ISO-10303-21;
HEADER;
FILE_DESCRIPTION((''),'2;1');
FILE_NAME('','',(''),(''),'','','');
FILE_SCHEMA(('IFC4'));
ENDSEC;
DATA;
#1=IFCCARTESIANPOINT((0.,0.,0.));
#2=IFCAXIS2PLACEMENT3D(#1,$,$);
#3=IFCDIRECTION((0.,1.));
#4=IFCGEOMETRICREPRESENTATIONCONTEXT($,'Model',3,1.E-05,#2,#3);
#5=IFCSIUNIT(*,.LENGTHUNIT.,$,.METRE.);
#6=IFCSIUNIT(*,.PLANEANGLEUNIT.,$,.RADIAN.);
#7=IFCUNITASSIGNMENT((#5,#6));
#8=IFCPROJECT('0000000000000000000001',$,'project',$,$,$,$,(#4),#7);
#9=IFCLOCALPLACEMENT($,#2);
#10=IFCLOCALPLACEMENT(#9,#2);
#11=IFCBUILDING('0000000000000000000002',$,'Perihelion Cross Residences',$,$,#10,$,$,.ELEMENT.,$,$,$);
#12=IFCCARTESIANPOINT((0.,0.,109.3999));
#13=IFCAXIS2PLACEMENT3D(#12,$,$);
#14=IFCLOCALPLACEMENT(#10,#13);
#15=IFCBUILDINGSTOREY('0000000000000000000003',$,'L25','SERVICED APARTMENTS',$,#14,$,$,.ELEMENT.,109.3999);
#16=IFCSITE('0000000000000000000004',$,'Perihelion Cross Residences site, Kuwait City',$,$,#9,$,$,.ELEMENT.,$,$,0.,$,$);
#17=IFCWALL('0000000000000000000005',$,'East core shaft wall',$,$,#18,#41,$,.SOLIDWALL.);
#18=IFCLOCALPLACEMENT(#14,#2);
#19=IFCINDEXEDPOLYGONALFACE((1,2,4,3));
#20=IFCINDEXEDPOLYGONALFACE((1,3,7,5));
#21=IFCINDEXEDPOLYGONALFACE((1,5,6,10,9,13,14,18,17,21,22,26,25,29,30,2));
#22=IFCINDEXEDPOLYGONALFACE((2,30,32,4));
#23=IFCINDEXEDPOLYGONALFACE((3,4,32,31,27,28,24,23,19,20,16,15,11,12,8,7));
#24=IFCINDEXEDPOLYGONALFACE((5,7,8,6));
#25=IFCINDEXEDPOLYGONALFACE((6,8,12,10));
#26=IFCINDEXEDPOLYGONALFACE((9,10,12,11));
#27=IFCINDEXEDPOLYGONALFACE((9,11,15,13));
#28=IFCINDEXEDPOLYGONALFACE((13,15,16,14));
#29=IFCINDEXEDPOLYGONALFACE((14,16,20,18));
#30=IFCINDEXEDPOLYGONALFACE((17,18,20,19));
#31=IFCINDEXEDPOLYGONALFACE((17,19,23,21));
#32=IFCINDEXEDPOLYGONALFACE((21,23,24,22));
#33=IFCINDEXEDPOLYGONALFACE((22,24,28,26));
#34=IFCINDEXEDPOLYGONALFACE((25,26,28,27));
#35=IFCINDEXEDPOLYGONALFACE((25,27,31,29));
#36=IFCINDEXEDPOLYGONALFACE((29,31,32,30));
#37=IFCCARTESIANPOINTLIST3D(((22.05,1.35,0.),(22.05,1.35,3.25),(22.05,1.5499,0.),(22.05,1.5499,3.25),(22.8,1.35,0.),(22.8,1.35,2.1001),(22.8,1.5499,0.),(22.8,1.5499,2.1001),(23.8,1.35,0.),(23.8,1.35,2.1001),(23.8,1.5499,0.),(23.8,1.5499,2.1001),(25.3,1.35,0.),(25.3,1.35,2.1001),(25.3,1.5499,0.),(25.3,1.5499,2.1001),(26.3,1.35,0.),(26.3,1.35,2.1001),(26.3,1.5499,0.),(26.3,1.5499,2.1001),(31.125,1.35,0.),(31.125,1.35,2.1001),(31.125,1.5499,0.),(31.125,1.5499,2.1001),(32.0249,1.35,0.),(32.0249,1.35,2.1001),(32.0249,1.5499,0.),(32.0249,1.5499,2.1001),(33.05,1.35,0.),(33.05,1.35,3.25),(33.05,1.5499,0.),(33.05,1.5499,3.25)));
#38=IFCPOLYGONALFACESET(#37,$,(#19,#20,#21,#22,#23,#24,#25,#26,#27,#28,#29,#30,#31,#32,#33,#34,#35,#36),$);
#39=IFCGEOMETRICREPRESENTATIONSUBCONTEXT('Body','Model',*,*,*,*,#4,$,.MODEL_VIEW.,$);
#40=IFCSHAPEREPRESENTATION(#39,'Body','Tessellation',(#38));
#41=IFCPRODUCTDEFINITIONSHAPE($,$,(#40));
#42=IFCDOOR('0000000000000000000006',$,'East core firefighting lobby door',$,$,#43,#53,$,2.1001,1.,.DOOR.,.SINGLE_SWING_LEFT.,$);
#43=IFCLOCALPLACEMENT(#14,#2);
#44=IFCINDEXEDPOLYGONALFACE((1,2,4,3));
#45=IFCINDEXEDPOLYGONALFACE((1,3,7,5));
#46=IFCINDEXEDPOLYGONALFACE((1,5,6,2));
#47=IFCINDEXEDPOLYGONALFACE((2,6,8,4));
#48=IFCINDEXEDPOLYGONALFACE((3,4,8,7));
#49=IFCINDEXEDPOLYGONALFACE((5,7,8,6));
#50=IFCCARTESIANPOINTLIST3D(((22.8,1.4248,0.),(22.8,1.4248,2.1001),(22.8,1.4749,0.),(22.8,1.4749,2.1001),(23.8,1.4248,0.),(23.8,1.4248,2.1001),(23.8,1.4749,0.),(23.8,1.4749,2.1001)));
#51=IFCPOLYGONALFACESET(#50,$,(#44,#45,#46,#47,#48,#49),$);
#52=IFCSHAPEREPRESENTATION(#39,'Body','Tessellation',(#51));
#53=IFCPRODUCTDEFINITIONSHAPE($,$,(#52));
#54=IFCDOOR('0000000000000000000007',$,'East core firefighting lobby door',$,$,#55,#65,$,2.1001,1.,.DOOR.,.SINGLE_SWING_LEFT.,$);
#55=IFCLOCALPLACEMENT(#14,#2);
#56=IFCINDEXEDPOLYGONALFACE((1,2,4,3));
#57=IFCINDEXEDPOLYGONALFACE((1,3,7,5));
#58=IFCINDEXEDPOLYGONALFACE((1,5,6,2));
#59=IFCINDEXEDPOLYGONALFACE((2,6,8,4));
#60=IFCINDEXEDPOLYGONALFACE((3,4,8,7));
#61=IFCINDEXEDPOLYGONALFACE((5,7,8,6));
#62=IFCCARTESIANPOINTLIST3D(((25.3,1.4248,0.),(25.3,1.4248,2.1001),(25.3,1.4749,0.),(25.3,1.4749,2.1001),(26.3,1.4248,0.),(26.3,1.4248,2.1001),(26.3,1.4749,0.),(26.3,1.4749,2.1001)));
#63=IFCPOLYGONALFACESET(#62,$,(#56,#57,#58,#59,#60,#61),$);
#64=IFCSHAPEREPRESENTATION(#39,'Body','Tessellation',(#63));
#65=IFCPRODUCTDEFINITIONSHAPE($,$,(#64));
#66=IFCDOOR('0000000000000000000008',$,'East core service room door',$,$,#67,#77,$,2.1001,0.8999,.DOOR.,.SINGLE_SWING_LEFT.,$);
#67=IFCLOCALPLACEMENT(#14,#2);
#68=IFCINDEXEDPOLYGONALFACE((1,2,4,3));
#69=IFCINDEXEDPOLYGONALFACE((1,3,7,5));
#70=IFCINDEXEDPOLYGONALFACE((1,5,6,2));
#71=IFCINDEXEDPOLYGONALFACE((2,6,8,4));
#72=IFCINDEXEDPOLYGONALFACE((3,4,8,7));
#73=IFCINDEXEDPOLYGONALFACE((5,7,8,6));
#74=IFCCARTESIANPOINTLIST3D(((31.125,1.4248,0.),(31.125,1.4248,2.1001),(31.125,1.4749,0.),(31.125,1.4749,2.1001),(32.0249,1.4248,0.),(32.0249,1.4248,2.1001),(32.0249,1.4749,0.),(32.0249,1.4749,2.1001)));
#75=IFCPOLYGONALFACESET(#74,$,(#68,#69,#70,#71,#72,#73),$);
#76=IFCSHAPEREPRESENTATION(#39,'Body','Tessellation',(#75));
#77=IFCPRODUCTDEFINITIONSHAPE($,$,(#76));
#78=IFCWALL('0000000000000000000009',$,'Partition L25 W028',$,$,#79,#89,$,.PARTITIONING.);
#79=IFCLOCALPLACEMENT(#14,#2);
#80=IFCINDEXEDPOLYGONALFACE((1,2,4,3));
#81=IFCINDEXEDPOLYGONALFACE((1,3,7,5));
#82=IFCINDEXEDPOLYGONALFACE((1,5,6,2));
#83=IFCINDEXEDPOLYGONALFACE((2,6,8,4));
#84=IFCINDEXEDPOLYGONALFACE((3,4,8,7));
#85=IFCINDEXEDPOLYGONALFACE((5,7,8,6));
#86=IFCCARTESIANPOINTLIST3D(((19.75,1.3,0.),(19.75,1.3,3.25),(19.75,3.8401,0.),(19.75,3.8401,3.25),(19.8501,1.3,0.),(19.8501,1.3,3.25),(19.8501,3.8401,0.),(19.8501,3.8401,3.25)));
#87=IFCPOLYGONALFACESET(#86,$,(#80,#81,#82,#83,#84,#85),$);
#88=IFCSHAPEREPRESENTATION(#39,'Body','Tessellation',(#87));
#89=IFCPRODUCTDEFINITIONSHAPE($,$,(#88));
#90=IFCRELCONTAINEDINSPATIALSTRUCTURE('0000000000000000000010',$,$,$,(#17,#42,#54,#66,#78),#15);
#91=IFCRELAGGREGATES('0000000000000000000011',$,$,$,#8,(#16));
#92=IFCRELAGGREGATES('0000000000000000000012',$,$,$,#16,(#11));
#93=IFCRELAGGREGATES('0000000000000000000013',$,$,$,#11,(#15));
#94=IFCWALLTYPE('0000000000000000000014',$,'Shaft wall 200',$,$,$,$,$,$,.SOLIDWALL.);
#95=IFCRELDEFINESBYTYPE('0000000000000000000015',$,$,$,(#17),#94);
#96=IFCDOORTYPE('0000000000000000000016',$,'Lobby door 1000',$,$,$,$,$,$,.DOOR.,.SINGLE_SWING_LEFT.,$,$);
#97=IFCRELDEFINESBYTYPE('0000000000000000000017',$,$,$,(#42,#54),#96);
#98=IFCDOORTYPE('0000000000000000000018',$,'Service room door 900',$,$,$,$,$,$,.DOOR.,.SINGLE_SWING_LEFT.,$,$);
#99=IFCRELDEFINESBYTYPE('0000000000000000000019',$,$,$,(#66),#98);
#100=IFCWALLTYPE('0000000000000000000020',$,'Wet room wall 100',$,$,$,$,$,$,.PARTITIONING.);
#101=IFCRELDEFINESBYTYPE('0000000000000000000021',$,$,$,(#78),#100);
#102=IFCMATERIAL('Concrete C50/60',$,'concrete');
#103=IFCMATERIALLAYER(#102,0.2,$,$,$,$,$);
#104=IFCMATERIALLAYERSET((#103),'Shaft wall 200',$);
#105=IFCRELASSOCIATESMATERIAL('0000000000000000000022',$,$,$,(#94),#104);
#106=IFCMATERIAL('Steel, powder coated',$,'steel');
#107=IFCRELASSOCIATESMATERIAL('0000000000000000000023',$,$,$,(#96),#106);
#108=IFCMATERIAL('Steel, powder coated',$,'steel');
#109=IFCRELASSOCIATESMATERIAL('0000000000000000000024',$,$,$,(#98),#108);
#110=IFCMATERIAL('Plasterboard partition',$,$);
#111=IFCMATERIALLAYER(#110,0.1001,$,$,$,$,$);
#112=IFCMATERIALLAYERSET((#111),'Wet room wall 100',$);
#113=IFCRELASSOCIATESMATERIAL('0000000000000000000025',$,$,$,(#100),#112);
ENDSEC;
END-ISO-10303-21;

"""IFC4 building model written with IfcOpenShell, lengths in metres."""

from ifc_helpers import new_model, si_unit, direction, frame, frame_2d, origin, place, context, subcontext, project, spatial, rectangle, extrude, material, layer, layer_set, type_object, element, fill, save


model = new_model("IFC4")

# Units and contexts
model_context = context("Model", 3, precision=1e-05, world=origin(), true_north=direction((0.0, 1.0)))
body_context = subcontext(model_context, "Body", "Model", "MODEL_VIEW")
ifc_project = project(units=[si_unit("LENGTHUNIT", "METRE"), si_unit("PLANEANGLEUNIT", "RADIAN")], contexts=[model_context])

# Site, building, storey
site_placement = place(None, origin())
site = spatial("IfcSite", under=ifc_project, at=site_placement, Name="Perihelion Cross Residences site, Kuwait City", CompositionType="ELEMENT", RefElevation=0.0)
building_placement = place(site_placement, origin())
building = spatial("IfcBuilding", under=site, at=building_placement, Name="Perihelion Cross Residences", CompositionType="ELEMENT")
storey_placement = place(building_placement, frame((0.0, 0.0, 109.3999)))
storey = spatial("IfcBuildingStorey", under=building, at=storey_placement, Name="L25", Description="SERVICED APARTMENTS", CompositionType="ELEMENT", Elevation=109.3999)

# Wall, openings, doors
ifc_material_1 = material(Name="Concrete C50/60", Category="concrete")
ifc_layer_1 = layer(ifc_material_1, 0.2)
ifc_layer_set_1 = layer_set([ifc_layer_1], Name="Shaft wall 200")
wall_type_1 = type_object("IfcWallType", Name="Shaft wall 200", PredefinedType="SOLIDWALL", material=ifc_layer_set_1)
wall_1_placement = place(storey_placement, frame((22.05, 1.45, 0.0), z_axis=(0.0, 0.0, 1.0), x_axis=(1.0, 0.0, 0.0)))
wall_1 = element("IfcWall", 1, at=wall_1_placement, inside=storey, type_object=wall_type_1, Name="East core shaft wall", PredefinedType="SOLIDWALL", context=body_context, shape_type="SweptSolid", body=[
    extrude(rectangle(XDim=11.0, YDim=0.2, at=frame_2d((5.5, 0.0))), origin(), (0.0, 0.0, 1.0), 3.25),
])
opening_1_placement = place(wall_1_placement, frame((0.75, 0.0, 0.0)))
opening_1 = element("IfcOpeningElement", 2, at=opening_1_placement, cuts=wall_1, PredefinedType="OPENING", context=body_context, shape_type="SweptSolid", body=[
    extrude(rectangle(XDim=1.0, YDim=2.1001, at=frame_2d((0.5, 1.05))), frame((0.0, 0.1099, 0.0), z_axis=(0.0, -1.0, 0.0), x_axis=(1.0, 0.0, 0.0)), (0.0, 0.0, 1.0), 0.22),
])
opening_2_placement = place(wall_1_placement, frame((3.25, 0.0, 0.0)))
opening_2 = element("IfcOpeningElement", 3, at=opening_2_placement, cuts=wall_1, PredefinedType="OPENING", context=body_context, shape_type="SweptSolid", body=[
    extrude(rectangle(XDim=1.0, YDim=2.1001, at=frame_2d((0.5, 1.05))), frame((0.0, 0.1099, 0.0), z_axis=(0.0, -1.0, 0.0), x_axis=(1.0, 0.0, 0.0)), (0.0, 0.0, 1.0), 0.22),
])
opening_3_placement = place(wall_1_placement, frame((9.075, 0.0, 0.0)))
opening_3 = element("IfcOpeningElement", 4, at=opening_3_placement, cuts=wall_1, PredefinedType="OPENING", context=body_context, shape_type="SweptSolid", body=[
    extrude(rectangle(XDim=0.8999, YDim=2.1001, at=frame_2d((0.45, 1.05))), frame((0.0, 0.1099, 0.0), z_axis=(0.0, -1.0, 0.0), x_axis=(1.0, 0.0, 0.0)), (0.0, 0.0, 1.0), 0.22),
])
ifc_material_2 = material(Name="Steel, powder coated", Category="steel")
door_type_1 = type_object("IfcDoorType", Name="Lobby door 1000", OperationType="SINGLE_SWING_LEFT", PredefinedType="DOOR", material=ifc_material_2)
door_1_placement = place(opening_1_placement, origin())
door_1 = element("IfcDoor", 5, at=door_1_placement, inside=storey, type_object=door_type_1, Name="East core firefighting lobby door", OperationType="SINGLE_SWING_LEFT", OverallHeight=2.1001, OverallWidth=1.0, PredefinedType="DOOR", context=body_context, shape_type="SweptSolid", body=[
    extrude(rectangle(XDim=1.0, YDim=2.1001, at=frame_2d((0.5, 1.05))), frame((0.0, 0.0249, 0.0), z_axis=(0.0, -1.0, 0.0), x_axis=(1.0, 0.0, 0.0)), (0.0, 0.0, 1.0), 0.05),
])
fill(opening_1, door_1)
door_2_placement = place(opening_2_placement, origin())
door_2 = element("IfcDoor", 6, at=door_2_placement, inside=storey, type_object=door_type_1, Name="East core firefighting lobby door", OperationType="SINGLE_SWING_LEFT", OverallHeight=2.1001, OverallWidth=1.0, PredefinedType="DOOR", context=body_context, shape_type="SweptSolid", body=[
    extrude(rectangle(XDim=1.0, YDim=2.1001, at=frame_2d((0.5, 1.05))), frame((0.0, 0.0249, 0.0), z_axis=(0.0, -1.0, 0.0), x_axis=(1.0, 0.0, 0.0)), (0.0, 0.0, 1.0), 0.05),
])
fill(opening_2, door_2)
ifc_material_3 = material(Name="Steel, powder coated", Category="steel")
door_type_2 = type_object("IfcDoorType", Name="Service room door 900", OperationType="SINGLE_SWING_LEFT", PredefinedType="DOOR", material=ifc_material_3)
door_3_placement = place(opening_3_placement, origin())
door_3 = element("IfcDoor", 7, at=door_3_placement, inside=storey, type_object=door_type_2, Name="East core service room door", OperationType="SINGLE_SWING_LEFT", OverallHeight=2.1001, OverallWidth=0.8999, PredefinedType="DOOR", context=body_context, shape_type="SweptSolid", body=[
    extrude(rectangle(XDim=0.8999, YDim=2.1001, at=frame_2d((0.45, 1.05))), frame((0.0, 0.0249, 0.0), z_axis=(0.0, -1.0, 0.0), x_axis=(1.0, 0.0, 0.0)), (0.0, 0.0, 1.0), 0.05),
])
fill(opening_3, door_3)

# Wall
ifc_material_4 = material(Name="Plasterboard partition")
ifc_layer_2 = layer(ifc_material_4, 0.1001)
ifc_layer_set_2 = layer_set([ifc_layer_2], Name="Wet room wall 100")
wall_type_2 = type_object("IfcWallType", Name="Wet room wall 100", PredefinedType="PARTITIONING", material=ifc_layer_set_2)
wall_2_placement = place(storey_placement, frame((19.8, 3.8401, 0.0), z_axis=(0.0, 0.0, 1.0), x_axis=(0.0, -1.0, 0.0)))
element("IfcWall", 8, at=wall_2_placement, inside=storey, type_object=wall_type_2, Name="Partition L25 W028", PredefinedType="PARTITIONING", context=body_context, shape_type="SweptSolid", body=[
    extrude(rectangle(XDim=2.54, YDim=0.1001, at=frame_2d((1.27, 0.0))), origin(), (0.0, 0.0, 1.0), 3.25),
])

save(model, "model.ifc")
